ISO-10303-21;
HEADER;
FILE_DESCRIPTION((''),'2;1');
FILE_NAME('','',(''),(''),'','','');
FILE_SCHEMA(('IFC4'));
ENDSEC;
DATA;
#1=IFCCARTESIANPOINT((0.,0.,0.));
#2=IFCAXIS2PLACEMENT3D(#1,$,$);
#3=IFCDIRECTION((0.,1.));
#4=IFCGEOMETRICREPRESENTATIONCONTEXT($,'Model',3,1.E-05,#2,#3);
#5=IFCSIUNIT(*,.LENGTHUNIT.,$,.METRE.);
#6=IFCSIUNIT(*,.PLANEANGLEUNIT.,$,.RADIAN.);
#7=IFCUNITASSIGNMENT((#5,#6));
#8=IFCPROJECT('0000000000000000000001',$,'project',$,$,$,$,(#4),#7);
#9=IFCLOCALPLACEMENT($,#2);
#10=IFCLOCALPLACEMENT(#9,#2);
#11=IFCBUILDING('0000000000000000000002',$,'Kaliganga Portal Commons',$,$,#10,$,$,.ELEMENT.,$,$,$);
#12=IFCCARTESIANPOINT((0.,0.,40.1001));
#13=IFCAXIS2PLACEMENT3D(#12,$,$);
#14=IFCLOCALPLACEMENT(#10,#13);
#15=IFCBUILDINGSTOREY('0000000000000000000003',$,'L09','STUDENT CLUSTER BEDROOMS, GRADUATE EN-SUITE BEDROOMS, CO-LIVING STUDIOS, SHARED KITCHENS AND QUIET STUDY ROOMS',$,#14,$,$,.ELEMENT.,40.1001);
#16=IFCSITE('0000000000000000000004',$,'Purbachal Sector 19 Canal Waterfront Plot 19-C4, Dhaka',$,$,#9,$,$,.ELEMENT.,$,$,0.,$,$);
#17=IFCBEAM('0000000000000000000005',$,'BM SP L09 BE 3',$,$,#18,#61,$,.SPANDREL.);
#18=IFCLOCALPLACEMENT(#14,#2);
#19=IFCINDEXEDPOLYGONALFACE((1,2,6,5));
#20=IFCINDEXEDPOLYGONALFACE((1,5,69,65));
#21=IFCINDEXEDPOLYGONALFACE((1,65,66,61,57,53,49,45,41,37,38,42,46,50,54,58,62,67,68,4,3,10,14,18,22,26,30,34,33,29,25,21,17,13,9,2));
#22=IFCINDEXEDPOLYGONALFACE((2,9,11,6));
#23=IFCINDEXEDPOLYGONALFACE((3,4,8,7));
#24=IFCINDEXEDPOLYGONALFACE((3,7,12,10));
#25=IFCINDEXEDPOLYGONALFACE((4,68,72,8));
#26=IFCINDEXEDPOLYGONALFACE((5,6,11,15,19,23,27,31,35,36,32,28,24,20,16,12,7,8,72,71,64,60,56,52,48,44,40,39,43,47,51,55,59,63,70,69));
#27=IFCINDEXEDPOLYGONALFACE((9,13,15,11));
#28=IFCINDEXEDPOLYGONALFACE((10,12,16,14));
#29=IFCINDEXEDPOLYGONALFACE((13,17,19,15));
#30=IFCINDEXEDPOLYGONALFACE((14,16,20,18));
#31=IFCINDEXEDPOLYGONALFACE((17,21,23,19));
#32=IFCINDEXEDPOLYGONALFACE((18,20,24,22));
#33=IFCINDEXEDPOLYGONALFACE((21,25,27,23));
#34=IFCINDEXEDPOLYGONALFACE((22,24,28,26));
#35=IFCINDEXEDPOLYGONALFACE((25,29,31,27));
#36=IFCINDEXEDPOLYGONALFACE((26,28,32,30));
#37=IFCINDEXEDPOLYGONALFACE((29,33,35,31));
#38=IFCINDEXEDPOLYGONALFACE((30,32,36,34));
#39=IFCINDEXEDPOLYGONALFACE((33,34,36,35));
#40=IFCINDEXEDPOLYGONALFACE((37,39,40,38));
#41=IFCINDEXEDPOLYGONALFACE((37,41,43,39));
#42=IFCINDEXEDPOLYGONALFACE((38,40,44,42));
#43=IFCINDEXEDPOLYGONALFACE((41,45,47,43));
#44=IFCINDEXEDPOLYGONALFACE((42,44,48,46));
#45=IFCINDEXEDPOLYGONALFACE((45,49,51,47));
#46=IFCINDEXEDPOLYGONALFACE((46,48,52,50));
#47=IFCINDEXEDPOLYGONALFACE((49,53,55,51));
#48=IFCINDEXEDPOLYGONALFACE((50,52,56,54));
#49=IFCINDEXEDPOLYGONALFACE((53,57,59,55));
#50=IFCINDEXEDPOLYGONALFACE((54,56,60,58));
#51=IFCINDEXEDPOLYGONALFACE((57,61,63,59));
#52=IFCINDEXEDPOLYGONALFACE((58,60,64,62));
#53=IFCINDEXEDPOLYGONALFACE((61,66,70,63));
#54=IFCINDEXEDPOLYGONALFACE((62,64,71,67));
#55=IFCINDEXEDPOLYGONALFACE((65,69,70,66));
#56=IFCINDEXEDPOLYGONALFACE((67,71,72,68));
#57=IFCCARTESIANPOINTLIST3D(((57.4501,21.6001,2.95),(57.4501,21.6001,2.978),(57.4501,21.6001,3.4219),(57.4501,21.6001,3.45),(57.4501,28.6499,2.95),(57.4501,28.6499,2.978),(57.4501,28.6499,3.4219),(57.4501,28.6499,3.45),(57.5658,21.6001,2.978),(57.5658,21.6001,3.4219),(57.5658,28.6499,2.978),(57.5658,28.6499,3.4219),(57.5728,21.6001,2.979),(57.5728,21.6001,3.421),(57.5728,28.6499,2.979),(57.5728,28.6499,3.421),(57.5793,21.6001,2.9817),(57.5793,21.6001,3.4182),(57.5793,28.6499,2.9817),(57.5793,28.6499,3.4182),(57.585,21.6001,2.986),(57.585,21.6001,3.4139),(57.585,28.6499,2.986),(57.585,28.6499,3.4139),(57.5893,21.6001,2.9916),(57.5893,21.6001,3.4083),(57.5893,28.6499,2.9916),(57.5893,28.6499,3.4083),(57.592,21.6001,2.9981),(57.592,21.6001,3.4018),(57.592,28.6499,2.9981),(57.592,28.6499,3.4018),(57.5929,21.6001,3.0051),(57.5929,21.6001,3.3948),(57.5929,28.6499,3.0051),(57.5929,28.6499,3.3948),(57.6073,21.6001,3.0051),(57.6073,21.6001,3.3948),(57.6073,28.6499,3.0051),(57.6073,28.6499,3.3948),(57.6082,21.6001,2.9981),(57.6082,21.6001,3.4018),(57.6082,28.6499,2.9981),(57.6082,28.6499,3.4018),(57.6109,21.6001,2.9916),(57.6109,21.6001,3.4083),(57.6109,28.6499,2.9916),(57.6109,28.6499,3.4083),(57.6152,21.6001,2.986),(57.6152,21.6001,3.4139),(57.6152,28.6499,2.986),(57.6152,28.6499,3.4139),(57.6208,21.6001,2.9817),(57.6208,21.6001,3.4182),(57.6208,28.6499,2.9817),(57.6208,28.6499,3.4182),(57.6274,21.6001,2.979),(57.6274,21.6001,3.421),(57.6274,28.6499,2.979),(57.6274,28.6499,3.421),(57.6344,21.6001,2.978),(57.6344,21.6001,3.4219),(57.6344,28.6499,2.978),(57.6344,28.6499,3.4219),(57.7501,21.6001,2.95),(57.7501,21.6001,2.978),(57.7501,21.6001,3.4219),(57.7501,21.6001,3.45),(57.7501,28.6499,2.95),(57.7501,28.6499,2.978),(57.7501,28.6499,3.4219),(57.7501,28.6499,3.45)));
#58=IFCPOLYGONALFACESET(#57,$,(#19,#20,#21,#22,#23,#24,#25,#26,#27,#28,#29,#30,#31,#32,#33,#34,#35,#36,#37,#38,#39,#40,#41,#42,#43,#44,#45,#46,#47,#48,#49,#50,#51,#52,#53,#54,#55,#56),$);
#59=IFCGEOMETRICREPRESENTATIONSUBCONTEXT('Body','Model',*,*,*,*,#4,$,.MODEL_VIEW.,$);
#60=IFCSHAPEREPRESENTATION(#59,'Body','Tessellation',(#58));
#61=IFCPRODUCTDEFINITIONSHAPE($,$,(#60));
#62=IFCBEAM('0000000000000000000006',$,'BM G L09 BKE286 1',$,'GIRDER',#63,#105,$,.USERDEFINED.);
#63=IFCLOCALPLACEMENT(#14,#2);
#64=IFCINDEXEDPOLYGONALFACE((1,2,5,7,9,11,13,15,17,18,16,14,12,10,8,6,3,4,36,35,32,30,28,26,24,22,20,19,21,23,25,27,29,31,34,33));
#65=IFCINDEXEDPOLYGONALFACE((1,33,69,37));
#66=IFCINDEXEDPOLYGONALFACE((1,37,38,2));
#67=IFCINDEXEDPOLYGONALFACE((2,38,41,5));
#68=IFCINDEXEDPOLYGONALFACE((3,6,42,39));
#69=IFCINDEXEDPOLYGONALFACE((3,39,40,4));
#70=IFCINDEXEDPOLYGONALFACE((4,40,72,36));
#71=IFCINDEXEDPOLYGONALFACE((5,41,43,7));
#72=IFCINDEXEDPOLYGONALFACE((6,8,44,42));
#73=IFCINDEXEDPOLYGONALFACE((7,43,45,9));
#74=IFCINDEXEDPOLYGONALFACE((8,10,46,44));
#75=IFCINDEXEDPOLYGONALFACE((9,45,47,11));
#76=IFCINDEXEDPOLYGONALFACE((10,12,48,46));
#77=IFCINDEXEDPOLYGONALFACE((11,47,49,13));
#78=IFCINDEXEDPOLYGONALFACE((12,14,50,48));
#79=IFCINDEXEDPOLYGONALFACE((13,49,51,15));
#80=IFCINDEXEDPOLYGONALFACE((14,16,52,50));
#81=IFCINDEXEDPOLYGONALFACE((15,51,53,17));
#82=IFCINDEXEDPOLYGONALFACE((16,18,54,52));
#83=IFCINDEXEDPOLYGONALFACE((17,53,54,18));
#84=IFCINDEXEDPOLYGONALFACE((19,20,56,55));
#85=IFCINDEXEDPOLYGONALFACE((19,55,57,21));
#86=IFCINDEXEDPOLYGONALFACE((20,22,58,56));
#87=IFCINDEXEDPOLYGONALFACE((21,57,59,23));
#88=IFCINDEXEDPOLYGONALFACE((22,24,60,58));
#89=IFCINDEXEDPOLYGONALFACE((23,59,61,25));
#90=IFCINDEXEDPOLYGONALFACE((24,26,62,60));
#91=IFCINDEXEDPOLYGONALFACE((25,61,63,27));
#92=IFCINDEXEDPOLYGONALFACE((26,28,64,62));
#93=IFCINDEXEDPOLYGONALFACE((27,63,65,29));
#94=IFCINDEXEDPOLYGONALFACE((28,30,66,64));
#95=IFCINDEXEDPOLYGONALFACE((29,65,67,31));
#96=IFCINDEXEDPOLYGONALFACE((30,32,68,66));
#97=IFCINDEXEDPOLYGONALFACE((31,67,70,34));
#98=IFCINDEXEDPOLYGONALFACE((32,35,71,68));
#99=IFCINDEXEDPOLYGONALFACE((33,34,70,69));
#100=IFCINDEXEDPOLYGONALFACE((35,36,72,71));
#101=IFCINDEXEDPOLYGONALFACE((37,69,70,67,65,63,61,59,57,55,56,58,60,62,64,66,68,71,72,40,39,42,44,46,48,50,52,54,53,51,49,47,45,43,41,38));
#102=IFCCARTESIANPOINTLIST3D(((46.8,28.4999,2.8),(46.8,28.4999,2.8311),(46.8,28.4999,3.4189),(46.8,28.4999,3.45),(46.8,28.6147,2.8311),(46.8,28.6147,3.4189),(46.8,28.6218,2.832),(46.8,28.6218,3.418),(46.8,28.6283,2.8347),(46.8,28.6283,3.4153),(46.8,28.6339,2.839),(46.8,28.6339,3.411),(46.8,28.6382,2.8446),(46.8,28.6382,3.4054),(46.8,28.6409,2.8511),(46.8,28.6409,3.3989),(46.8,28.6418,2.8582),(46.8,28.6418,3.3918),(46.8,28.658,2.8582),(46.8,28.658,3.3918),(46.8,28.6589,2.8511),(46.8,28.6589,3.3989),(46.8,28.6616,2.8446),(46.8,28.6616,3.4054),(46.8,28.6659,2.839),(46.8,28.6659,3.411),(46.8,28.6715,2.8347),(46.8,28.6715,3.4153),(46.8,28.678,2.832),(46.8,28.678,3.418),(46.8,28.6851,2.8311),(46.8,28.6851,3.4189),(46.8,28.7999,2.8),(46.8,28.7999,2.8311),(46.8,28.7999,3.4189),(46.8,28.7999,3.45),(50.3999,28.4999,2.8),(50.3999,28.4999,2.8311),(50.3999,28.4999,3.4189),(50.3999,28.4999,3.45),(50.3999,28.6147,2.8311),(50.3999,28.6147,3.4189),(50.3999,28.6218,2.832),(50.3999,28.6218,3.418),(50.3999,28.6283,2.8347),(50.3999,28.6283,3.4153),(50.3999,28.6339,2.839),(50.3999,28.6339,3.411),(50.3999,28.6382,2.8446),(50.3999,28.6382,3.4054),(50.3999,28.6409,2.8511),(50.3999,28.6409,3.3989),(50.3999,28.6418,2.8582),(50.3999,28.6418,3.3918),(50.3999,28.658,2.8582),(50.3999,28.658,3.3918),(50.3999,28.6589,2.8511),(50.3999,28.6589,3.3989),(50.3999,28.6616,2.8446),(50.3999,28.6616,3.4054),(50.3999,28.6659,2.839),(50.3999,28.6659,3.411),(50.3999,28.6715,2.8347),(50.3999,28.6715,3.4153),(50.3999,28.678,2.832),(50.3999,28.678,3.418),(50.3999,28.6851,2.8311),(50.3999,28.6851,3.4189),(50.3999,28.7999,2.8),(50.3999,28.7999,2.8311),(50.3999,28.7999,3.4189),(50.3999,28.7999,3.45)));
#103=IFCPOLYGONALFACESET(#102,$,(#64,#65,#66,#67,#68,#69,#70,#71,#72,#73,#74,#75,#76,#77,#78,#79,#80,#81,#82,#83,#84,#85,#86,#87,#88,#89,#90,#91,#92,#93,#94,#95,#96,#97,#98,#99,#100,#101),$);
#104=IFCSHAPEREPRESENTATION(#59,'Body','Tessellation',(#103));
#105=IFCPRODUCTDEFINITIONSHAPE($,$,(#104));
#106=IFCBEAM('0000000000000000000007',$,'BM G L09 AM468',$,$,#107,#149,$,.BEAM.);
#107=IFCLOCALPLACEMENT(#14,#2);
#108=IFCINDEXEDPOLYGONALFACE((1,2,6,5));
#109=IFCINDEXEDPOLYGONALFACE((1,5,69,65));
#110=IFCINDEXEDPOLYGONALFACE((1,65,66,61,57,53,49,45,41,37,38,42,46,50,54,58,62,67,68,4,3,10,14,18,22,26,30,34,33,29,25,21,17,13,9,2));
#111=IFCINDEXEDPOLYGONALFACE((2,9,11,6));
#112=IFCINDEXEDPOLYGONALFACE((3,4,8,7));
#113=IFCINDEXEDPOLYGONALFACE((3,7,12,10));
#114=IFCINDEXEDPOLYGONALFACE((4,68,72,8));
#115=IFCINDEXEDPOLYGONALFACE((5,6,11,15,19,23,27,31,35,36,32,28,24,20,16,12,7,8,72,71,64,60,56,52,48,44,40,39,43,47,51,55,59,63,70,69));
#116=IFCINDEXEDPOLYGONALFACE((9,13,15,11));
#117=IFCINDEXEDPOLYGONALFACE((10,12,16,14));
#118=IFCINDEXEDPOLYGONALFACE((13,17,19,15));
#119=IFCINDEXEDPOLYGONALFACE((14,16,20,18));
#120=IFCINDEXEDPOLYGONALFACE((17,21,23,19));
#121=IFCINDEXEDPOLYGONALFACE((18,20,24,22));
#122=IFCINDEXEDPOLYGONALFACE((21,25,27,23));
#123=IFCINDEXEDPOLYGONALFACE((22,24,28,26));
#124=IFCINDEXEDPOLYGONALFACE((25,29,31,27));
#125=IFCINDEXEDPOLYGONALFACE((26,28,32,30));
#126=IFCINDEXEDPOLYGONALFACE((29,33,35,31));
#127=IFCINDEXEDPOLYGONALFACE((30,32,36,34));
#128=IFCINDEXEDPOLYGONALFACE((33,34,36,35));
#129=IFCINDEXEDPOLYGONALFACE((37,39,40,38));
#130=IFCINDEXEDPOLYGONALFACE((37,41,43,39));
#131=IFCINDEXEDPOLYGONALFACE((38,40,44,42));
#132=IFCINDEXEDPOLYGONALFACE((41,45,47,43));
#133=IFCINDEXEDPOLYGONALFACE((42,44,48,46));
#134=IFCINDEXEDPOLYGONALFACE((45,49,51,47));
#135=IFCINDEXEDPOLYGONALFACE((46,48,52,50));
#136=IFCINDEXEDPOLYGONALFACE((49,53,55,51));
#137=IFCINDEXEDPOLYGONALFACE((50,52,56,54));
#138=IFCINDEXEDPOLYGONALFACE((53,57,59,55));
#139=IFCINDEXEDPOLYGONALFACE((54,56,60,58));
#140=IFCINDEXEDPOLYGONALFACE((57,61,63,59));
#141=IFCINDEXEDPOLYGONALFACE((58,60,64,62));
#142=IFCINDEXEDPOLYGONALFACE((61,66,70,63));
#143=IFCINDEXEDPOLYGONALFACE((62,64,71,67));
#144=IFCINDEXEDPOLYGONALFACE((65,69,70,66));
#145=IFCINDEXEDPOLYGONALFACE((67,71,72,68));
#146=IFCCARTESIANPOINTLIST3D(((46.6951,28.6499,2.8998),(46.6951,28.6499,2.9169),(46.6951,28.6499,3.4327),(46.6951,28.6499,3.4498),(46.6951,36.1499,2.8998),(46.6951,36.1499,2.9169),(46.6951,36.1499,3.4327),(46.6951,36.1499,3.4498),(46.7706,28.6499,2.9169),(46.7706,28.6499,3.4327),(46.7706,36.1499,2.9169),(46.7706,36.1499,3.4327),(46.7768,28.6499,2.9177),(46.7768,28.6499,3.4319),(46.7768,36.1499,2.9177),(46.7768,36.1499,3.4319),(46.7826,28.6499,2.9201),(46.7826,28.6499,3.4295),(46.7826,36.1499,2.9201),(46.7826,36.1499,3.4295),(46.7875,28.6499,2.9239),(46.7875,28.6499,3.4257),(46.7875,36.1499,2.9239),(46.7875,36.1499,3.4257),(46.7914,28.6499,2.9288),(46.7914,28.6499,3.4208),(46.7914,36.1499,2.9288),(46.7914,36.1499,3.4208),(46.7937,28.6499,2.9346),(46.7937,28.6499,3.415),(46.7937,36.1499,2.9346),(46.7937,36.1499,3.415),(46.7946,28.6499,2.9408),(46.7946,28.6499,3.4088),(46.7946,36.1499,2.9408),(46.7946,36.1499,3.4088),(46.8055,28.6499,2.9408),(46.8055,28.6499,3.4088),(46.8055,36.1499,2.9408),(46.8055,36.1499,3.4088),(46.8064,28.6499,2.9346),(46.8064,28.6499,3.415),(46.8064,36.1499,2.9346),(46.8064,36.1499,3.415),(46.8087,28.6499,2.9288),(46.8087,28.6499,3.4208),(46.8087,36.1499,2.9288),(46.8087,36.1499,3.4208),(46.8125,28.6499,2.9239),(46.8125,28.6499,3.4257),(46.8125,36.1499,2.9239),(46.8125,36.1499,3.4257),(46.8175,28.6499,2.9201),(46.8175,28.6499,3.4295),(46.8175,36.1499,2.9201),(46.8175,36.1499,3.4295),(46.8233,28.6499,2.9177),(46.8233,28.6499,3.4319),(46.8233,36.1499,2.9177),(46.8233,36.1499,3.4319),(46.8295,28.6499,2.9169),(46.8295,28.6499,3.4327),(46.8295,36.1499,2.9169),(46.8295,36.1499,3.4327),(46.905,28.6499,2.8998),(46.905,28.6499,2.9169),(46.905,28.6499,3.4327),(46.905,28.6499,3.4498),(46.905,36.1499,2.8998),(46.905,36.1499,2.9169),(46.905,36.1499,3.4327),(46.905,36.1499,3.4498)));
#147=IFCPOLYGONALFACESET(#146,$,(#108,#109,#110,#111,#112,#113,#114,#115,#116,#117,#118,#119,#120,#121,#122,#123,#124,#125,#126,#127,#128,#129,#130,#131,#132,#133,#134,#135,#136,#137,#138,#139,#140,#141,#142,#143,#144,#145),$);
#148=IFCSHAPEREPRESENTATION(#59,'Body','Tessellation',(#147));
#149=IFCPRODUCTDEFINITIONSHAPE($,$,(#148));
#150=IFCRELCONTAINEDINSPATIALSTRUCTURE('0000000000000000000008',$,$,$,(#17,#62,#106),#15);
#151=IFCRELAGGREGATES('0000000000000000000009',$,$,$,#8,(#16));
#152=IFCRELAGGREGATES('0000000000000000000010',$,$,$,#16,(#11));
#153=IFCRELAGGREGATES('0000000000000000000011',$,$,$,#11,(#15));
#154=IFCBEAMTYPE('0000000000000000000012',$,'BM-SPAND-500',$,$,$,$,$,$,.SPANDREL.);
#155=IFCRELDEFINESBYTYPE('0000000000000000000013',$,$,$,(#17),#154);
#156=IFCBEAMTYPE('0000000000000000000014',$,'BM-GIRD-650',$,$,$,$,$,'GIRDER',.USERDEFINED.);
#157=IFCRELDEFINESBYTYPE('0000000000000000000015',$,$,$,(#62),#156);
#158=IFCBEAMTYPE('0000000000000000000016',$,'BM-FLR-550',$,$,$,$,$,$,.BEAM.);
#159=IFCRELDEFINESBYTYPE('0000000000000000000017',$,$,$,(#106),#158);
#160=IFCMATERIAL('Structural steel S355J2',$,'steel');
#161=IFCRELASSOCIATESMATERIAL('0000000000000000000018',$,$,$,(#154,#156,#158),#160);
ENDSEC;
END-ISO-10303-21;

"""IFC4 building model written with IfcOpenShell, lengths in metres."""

from ifc_helpers import new_model, si_unit, direction, frame, origin, origin_2d, place, context, subcontext, project, spatial, i_section, extrude, source, transform, mapped, material, material_profile, profile_set, type_object, element, save


model = new_model("IFC4")

# Units and contexts
model_context = context("Model", 3, precision=1e-05, world=origin(), true_north=direction((0.0, 1.0)))
body_context = subcontext(model_context, "Body", "Model", "MODEL_VIEW")
ifc_project = project(units=[si_unit("LENGTHUNIT", "METRE"), si_unit("PLANEANGLEUNIT", "RADIAN")], contexts=[model_context])

# Site, building, storey
site_placement = place(None, origin())
site = spatial("IfcSite", under=ifc_project, at=site_placement, Name="Purbachal Sector 19 Canal Waterfront Plot 19-C4, Dhaka", CompositionType="ELEMENT", RefElevation=0.0)
building_placement = place(site_placement, origin())
building = spatial("IfcBuilding", under=site, at=building_placement, Name="Kaliganga Portal Commons", CompositionType="ELEMENT")
storey_placement = place(building_placement, frame((0.0, 0.0, 40.1001)))
storey = spatial("IfcBuildingStorey", under=building, at=storey_placement, Name="L09", Description="STUDENT CLUSTER BEDROOMS, GRADUATE EN-SUITE BEDROOMS, CO-LIVING STUDIOS, SHARED KITCHENS AND QUIET STUDY ROOMS", CompositionType="ELEMENT", Elevation=40.1001)

# Beams
ifc_material_1 = material(Name="Structural steel S355J2", Category="steel")
ifc_material_profile_1 = material_profile(ifc_material_1, i_section(OverallWidth=0.3, OverallDepth=0.5, WebThickness=0.0144, FlangeThickness=0.0281, FilletRadius=0.0271, at=origin_2d()), Name="HE 500 B")
ifc_profile_set_1 = profile_set([ifc_material_profile_1], Name="Structural steel S355J2 wide-flange")
beam_type_1 = type_object("IfcBeamType", Name="BM-SPAND-500", PredefinedType="SPANDREL", material=ifc_profile_set_1)
shared_shape_1 = source(origin(), body_context, "Body", "SweptSolid", [
    extrude(i_section(OverallWidth=0.3, OverallDepth=0.5, WebThickness=0.0144, FlangeThickness=0.0281, FilletRadius=0.0271, at=origin_2d()), origin(), (0.0, 0.0, 1.0), 7.0498),
])
beam_1_placement = place(storey_placement, frame((57.6001, 21.6001, 3.2), z_axis=(0.0, 1.0, 0.0), x_axis=(-1.0, 0.0, 0.0)))
element("IfcBeam", 1, at=beam_1_placement, inside=storey, type_object=beam_type_1, Name="BM SP L09 BE 3", PredefinedType="SPANDREL", context=body_context, shape_type="MappedRepresentation", body=[
    mapped(shared_shape_1, transform((0.0, 0.0, 0.0), x_axis=(1.0, 0.0, 0.0), y_axis=(0.0, 1.0, 0.0), z_axis=(0.0, 0.0, 1.0), scale=1.0)),
])
ifc_material_profile_2 = material_profile(ifc_material_1, i_section(OverallWidth=0.3, OverallDepth=0.6499, WebThickness=0.0161, FlangeThickness=0.031, FilletRadius=0.0271, at=origin_2d()), Name="HE 650 B")
ifc_profile_set_2 = profile_set([ifc_material_profile_2], Name="Structural steel S355J2 wide-flange")
beam_type_2 = type_object("IfcBeamType", Name="BM-GIRD-650", ElementType="GIRDER", PredefinedType="USERDEFINED", material=ifc_profile_set_2)
shared_shape_2 = source(origin(), body_context, "Body", "SweptSolid", [
    extrude(i_section(OverallWidth=0.3, OverallDepth=0.6499, WebThickness=0.0161, FlangeThickness=0.031, FilletRadius=0.0271, at=origin_2d()), origin(), (0.0, 0.0, 1.0), 3.5999),
])
beam_2_placement = place(storey_placement, frame((46.8, 28.6499, 3.125), z_axis=(1.0, 0.0, 0.0), x_axis=(0.0, 1.0, 0.0)))
element("IfcBeam", 2, at=beam_2_placement, inside=storey, type_object=beam_type_2, Name="BM G L09 BKE286 1", ObjectType="GIRDER", PredefinedType="USERDEFINED", context=body_context, shape_type="MappedRepresentation", body=[
    mapped(shared_shape_2, transform((0.0, 0.0, 0.0), x_axis=(1.0, 0.0, 0.0), y_axis=(0.0, 1.0, 0.0), z_axis=(0.0, 0.0, 1.0), scale=1.0)),
])
ifc_material_profile_3 = material_profile(ifc_material_1, i_section(OverallWidth=0.21, OverallDepth=0.55, WebThickness=0.011, FlangeThickness=0.0171, FilletRadius=0.0239, at=origin_2d()), Name="IPE 550")
ifc_profile_set_3 = profile_set([ifc_material_profile_3], Name="Structural steel S355J2 wide-flange")
beam_type_3 = type_object("IfcBeamType", Name="BM-FLR-550", PredefinedType="BEAM", material=ifc_profile_set_3)
shared_shape_3 = source(origin(), body_context, "Body", "SweptSolid", [
    extrude(i_section(OverallWidth=0.21, OverallDepth=0.55, WebThickness=0.011, FlangeThickness=0.0171, FilletRadius=0.0239, at=origin_2d()), origin(), (0.0, 0.0, 1.0), 7.5),
])
beam_3_placement = place(storey_placement, frame((46.8, 28.6499, 3.1748), z_axis=(0.0, 1.0, 0.0), x_axis=(-1.0, 0.0, 0.0)))
element("IfcBeam", 3, at=beam_3_placement, inside=storey, type_object=beam_type_3, Name="BM G L09 AM468", PredefinedType="BEAM", context=body_context, shape_type="MappedRepresentation", body=[
    mapped(shared_shape_3, transform((0.0, 0.0, 0.0), x_axis=(1.0, 0.0, 0.0), y_axis=(0.0, 1.0, 0.0), z_axis=(0.0, 0.0, 1.0), scale=1.0)),
])

save(model, "model.ifc")
